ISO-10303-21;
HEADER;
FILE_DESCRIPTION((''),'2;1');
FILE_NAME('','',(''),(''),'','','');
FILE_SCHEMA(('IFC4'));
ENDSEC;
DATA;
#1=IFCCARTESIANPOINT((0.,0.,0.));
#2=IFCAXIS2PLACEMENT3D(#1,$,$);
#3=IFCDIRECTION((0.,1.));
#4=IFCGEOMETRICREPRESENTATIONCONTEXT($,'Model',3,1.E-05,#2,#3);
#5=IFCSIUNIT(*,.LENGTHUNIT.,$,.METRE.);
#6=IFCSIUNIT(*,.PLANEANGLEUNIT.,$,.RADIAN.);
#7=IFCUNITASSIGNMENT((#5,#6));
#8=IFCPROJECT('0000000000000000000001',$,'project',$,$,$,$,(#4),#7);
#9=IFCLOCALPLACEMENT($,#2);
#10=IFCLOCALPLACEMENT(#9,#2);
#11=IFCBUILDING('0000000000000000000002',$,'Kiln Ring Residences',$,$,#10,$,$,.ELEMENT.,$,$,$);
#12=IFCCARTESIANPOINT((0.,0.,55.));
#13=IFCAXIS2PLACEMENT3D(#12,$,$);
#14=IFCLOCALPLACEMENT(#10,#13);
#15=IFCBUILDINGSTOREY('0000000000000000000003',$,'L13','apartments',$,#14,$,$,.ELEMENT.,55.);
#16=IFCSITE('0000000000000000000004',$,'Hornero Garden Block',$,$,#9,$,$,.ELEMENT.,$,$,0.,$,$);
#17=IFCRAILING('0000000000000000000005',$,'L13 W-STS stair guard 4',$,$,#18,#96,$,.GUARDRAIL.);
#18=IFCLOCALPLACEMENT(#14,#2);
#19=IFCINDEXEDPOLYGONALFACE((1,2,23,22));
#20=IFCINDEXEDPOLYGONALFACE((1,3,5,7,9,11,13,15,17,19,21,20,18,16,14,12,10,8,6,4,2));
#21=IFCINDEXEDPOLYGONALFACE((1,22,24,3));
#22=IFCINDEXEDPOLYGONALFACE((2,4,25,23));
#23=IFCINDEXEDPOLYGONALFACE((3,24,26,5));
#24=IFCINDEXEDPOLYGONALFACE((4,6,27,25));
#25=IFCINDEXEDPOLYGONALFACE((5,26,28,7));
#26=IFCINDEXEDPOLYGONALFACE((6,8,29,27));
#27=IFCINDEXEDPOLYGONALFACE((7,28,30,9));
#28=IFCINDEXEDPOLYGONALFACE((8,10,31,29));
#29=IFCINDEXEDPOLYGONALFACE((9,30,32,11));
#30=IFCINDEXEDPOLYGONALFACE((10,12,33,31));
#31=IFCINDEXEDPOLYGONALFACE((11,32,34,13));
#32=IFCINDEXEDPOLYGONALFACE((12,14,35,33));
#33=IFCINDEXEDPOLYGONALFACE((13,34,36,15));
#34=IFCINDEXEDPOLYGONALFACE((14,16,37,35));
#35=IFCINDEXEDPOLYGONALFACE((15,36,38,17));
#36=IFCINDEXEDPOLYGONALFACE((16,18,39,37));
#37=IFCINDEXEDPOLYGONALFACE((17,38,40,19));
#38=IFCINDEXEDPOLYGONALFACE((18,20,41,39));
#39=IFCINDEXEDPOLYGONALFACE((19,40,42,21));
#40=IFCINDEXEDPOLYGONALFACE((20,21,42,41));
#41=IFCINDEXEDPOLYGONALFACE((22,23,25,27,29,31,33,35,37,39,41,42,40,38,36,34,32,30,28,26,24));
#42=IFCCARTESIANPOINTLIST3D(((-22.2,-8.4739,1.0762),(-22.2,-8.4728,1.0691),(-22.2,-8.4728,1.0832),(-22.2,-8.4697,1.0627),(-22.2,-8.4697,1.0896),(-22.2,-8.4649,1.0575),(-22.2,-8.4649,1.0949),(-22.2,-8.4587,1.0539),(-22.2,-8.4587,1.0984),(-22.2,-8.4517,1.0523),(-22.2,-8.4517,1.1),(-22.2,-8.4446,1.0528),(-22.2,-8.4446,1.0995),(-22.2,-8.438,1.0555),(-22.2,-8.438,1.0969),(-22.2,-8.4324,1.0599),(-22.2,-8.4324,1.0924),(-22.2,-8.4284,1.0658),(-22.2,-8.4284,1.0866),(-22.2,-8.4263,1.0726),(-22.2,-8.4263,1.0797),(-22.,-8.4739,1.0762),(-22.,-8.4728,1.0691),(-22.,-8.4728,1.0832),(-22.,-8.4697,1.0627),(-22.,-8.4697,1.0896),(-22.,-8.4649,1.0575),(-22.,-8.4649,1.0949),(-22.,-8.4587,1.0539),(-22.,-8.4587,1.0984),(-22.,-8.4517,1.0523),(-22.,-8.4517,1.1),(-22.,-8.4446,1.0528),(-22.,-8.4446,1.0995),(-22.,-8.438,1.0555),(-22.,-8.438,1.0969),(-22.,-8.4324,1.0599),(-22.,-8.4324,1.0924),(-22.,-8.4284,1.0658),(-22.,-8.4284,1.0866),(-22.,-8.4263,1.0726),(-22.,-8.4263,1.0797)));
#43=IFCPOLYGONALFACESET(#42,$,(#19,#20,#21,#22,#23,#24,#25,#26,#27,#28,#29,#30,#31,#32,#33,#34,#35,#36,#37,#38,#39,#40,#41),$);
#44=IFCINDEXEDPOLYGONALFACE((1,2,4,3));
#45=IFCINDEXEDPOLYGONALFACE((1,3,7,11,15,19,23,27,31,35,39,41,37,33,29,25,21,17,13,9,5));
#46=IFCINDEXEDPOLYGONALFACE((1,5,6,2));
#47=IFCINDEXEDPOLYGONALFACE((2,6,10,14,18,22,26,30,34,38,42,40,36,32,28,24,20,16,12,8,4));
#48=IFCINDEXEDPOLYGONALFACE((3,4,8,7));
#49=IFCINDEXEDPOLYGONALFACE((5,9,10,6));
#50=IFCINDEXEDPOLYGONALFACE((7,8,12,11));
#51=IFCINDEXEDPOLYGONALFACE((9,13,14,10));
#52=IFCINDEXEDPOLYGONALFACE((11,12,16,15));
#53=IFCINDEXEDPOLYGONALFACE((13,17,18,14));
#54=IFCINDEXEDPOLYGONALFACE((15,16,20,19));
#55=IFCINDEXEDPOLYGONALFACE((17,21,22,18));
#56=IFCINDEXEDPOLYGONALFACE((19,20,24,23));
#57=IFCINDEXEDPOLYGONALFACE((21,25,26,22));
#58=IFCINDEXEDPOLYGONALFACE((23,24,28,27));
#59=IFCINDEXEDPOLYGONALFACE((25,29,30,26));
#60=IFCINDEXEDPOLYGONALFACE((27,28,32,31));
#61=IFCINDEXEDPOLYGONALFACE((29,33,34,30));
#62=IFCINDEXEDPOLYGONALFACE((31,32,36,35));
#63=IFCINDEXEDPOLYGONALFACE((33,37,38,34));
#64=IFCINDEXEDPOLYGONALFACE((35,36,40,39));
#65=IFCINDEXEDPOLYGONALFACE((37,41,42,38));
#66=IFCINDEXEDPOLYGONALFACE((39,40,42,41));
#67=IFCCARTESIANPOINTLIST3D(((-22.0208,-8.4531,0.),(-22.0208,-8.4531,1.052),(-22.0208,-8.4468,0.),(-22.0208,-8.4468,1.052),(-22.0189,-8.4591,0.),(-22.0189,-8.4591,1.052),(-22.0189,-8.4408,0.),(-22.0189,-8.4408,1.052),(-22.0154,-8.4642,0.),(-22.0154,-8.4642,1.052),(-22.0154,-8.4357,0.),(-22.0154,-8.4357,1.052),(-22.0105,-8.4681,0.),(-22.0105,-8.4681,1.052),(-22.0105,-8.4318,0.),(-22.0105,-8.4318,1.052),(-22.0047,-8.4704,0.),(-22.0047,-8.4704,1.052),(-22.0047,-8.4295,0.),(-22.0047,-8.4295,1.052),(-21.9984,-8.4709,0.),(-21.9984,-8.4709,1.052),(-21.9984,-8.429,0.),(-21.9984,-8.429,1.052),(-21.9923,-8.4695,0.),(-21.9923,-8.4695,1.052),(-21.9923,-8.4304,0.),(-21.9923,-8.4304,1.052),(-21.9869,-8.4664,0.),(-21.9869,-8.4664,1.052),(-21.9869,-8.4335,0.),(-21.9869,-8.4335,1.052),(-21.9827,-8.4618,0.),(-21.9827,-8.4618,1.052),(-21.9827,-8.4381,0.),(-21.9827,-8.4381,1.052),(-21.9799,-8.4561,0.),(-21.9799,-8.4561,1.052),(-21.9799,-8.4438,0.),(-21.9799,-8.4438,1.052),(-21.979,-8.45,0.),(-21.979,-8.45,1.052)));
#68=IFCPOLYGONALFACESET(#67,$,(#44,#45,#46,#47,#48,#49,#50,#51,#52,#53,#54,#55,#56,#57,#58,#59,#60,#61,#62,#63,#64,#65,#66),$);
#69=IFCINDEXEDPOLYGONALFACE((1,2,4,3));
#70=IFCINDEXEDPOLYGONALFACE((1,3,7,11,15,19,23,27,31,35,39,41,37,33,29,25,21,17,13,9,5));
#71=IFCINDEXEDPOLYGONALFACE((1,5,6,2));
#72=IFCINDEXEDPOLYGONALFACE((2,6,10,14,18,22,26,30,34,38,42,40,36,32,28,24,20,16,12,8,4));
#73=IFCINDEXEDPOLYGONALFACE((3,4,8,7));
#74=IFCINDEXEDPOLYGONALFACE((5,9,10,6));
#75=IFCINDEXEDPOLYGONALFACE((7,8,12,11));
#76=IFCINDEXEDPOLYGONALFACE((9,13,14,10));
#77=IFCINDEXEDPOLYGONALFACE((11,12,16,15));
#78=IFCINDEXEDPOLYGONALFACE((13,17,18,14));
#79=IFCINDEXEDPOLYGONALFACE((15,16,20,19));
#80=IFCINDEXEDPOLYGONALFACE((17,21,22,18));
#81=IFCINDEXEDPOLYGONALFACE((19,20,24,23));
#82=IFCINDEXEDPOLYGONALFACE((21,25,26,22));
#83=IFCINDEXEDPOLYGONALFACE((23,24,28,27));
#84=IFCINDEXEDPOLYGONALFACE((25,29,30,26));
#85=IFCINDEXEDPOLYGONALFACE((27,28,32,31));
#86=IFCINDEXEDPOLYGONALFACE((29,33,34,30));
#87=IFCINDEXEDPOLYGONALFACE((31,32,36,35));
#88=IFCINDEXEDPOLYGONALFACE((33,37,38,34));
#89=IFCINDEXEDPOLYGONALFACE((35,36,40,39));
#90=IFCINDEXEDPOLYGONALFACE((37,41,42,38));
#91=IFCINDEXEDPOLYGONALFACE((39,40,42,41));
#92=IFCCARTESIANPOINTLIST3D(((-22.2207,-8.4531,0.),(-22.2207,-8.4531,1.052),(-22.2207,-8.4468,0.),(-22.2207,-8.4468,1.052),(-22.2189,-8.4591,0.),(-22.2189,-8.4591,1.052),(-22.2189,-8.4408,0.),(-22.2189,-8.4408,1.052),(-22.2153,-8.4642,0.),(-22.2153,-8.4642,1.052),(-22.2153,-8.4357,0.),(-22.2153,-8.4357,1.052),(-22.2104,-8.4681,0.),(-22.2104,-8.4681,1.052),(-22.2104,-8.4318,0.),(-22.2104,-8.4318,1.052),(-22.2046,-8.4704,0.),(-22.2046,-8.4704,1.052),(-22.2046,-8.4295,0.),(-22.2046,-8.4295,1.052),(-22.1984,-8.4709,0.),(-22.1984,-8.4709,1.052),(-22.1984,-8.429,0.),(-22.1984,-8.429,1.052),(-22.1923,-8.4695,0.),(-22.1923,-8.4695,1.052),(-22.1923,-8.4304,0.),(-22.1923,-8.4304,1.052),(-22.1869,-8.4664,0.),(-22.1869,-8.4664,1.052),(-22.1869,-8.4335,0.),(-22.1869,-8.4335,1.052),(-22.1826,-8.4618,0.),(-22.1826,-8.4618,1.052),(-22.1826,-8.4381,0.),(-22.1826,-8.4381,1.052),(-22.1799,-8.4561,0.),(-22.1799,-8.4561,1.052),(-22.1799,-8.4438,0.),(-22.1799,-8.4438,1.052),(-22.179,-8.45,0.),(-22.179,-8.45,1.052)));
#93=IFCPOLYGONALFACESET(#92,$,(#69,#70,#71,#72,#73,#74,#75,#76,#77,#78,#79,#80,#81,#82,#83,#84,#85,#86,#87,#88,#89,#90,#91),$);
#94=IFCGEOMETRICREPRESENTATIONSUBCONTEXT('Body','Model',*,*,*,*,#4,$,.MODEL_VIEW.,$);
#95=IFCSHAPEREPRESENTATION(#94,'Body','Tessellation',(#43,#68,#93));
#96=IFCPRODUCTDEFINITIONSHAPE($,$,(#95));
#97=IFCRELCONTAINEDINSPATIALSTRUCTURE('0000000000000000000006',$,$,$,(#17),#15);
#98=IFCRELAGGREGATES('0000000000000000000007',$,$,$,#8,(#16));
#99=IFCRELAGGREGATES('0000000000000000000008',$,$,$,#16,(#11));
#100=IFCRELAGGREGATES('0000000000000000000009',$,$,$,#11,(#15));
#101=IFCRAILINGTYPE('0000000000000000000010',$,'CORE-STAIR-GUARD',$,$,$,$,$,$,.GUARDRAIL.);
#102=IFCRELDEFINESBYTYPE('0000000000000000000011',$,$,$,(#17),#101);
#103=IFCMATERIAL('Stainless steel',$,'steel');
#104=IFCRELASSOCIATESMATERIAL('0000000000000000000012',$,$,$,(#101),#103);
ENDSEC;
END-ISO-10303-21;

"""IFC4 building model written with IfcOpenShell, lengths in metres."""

from ifc_helpers import new_model, si_unit, direction, frame, origin, origin_2d, place, context, subcontext, project, spatial, circle, extrude, material, type_object, element, save


model = new_model("IFC4")

# Units and contexts
model_context = context("Model", 3, precision=1e-05, world=origin(), true_north=direction((0.0, 1.0)))
body_context = subcontext(model_context, "Body", "Model", "MODEL_VIEW")
ifc_project = project(units=[si_unit("LENGTHUNIT", "METRE"), si_unit("PLANEANGLEUNIT", "RADIAN")], contexts=[model_context])

# Site, building, storey
site_placement = place(None, origin())
site = spatial("IfcSite", under=ifc_project, at=site_placement, Name="Hornero Garden Block", CompositionType="ELEMENT", RefElevation=0.0)
building_placement = place(site_placement, origin())
building = spatial("IfcBuilding", under=site, at=building_placement, Name="Kiln Ring Residences", CompositionType="ELEMENT")
storey_placement = place(building_placement, frame((0.0, 0.0, 55.0)))
storey = spatial("IfcBuildingStorey", under=building, at=storey_placement, Name="L13", Description="apartments", CompositionType="ELEMENT", Elevation=55.0)

# Railing
ifc_material_1 = material(Name="Stainless steel", Category="steel")
railing_type_1 = type_object("IfcRailingType", Name="CORE-STAIR-GUARD", PredefinedType="GUARDRAIL", material=ifc_material_1)
railing_1_placement = place(storey_placement, frame((-22.0, -8.45, 0.0)))
element("IfcRailing", 1, at=railing_1_placement, inside=storey, type_object=railing_type_1, Name="L13 W-STS stair guard 4", PredefinedType="GUARDRAIL", context=body_context, shape_type="SweptSolid", body=[
    extrude(circle(Radius=0.0239, at=origin_2d()), frame((0.0, 0.0, 1.0762), z_axis=(-1.0, 0.0, 0.0), x_axis=(0.0, -1.0, 0.0)), (0.0, 0.0, 1.0), 0.2),
    extrude(circle(Radius=0.021, at=origin_2d()), origin(), (0.0, 0.0, 1.0), 1.052),
    extrude(circle(Radius=0.021, at=origin_2d()), frame((-0.2, 0.0, 0.0)), (0.0, 0.0, 1.0), 1.052),
])

save(model, "model.ifc")
